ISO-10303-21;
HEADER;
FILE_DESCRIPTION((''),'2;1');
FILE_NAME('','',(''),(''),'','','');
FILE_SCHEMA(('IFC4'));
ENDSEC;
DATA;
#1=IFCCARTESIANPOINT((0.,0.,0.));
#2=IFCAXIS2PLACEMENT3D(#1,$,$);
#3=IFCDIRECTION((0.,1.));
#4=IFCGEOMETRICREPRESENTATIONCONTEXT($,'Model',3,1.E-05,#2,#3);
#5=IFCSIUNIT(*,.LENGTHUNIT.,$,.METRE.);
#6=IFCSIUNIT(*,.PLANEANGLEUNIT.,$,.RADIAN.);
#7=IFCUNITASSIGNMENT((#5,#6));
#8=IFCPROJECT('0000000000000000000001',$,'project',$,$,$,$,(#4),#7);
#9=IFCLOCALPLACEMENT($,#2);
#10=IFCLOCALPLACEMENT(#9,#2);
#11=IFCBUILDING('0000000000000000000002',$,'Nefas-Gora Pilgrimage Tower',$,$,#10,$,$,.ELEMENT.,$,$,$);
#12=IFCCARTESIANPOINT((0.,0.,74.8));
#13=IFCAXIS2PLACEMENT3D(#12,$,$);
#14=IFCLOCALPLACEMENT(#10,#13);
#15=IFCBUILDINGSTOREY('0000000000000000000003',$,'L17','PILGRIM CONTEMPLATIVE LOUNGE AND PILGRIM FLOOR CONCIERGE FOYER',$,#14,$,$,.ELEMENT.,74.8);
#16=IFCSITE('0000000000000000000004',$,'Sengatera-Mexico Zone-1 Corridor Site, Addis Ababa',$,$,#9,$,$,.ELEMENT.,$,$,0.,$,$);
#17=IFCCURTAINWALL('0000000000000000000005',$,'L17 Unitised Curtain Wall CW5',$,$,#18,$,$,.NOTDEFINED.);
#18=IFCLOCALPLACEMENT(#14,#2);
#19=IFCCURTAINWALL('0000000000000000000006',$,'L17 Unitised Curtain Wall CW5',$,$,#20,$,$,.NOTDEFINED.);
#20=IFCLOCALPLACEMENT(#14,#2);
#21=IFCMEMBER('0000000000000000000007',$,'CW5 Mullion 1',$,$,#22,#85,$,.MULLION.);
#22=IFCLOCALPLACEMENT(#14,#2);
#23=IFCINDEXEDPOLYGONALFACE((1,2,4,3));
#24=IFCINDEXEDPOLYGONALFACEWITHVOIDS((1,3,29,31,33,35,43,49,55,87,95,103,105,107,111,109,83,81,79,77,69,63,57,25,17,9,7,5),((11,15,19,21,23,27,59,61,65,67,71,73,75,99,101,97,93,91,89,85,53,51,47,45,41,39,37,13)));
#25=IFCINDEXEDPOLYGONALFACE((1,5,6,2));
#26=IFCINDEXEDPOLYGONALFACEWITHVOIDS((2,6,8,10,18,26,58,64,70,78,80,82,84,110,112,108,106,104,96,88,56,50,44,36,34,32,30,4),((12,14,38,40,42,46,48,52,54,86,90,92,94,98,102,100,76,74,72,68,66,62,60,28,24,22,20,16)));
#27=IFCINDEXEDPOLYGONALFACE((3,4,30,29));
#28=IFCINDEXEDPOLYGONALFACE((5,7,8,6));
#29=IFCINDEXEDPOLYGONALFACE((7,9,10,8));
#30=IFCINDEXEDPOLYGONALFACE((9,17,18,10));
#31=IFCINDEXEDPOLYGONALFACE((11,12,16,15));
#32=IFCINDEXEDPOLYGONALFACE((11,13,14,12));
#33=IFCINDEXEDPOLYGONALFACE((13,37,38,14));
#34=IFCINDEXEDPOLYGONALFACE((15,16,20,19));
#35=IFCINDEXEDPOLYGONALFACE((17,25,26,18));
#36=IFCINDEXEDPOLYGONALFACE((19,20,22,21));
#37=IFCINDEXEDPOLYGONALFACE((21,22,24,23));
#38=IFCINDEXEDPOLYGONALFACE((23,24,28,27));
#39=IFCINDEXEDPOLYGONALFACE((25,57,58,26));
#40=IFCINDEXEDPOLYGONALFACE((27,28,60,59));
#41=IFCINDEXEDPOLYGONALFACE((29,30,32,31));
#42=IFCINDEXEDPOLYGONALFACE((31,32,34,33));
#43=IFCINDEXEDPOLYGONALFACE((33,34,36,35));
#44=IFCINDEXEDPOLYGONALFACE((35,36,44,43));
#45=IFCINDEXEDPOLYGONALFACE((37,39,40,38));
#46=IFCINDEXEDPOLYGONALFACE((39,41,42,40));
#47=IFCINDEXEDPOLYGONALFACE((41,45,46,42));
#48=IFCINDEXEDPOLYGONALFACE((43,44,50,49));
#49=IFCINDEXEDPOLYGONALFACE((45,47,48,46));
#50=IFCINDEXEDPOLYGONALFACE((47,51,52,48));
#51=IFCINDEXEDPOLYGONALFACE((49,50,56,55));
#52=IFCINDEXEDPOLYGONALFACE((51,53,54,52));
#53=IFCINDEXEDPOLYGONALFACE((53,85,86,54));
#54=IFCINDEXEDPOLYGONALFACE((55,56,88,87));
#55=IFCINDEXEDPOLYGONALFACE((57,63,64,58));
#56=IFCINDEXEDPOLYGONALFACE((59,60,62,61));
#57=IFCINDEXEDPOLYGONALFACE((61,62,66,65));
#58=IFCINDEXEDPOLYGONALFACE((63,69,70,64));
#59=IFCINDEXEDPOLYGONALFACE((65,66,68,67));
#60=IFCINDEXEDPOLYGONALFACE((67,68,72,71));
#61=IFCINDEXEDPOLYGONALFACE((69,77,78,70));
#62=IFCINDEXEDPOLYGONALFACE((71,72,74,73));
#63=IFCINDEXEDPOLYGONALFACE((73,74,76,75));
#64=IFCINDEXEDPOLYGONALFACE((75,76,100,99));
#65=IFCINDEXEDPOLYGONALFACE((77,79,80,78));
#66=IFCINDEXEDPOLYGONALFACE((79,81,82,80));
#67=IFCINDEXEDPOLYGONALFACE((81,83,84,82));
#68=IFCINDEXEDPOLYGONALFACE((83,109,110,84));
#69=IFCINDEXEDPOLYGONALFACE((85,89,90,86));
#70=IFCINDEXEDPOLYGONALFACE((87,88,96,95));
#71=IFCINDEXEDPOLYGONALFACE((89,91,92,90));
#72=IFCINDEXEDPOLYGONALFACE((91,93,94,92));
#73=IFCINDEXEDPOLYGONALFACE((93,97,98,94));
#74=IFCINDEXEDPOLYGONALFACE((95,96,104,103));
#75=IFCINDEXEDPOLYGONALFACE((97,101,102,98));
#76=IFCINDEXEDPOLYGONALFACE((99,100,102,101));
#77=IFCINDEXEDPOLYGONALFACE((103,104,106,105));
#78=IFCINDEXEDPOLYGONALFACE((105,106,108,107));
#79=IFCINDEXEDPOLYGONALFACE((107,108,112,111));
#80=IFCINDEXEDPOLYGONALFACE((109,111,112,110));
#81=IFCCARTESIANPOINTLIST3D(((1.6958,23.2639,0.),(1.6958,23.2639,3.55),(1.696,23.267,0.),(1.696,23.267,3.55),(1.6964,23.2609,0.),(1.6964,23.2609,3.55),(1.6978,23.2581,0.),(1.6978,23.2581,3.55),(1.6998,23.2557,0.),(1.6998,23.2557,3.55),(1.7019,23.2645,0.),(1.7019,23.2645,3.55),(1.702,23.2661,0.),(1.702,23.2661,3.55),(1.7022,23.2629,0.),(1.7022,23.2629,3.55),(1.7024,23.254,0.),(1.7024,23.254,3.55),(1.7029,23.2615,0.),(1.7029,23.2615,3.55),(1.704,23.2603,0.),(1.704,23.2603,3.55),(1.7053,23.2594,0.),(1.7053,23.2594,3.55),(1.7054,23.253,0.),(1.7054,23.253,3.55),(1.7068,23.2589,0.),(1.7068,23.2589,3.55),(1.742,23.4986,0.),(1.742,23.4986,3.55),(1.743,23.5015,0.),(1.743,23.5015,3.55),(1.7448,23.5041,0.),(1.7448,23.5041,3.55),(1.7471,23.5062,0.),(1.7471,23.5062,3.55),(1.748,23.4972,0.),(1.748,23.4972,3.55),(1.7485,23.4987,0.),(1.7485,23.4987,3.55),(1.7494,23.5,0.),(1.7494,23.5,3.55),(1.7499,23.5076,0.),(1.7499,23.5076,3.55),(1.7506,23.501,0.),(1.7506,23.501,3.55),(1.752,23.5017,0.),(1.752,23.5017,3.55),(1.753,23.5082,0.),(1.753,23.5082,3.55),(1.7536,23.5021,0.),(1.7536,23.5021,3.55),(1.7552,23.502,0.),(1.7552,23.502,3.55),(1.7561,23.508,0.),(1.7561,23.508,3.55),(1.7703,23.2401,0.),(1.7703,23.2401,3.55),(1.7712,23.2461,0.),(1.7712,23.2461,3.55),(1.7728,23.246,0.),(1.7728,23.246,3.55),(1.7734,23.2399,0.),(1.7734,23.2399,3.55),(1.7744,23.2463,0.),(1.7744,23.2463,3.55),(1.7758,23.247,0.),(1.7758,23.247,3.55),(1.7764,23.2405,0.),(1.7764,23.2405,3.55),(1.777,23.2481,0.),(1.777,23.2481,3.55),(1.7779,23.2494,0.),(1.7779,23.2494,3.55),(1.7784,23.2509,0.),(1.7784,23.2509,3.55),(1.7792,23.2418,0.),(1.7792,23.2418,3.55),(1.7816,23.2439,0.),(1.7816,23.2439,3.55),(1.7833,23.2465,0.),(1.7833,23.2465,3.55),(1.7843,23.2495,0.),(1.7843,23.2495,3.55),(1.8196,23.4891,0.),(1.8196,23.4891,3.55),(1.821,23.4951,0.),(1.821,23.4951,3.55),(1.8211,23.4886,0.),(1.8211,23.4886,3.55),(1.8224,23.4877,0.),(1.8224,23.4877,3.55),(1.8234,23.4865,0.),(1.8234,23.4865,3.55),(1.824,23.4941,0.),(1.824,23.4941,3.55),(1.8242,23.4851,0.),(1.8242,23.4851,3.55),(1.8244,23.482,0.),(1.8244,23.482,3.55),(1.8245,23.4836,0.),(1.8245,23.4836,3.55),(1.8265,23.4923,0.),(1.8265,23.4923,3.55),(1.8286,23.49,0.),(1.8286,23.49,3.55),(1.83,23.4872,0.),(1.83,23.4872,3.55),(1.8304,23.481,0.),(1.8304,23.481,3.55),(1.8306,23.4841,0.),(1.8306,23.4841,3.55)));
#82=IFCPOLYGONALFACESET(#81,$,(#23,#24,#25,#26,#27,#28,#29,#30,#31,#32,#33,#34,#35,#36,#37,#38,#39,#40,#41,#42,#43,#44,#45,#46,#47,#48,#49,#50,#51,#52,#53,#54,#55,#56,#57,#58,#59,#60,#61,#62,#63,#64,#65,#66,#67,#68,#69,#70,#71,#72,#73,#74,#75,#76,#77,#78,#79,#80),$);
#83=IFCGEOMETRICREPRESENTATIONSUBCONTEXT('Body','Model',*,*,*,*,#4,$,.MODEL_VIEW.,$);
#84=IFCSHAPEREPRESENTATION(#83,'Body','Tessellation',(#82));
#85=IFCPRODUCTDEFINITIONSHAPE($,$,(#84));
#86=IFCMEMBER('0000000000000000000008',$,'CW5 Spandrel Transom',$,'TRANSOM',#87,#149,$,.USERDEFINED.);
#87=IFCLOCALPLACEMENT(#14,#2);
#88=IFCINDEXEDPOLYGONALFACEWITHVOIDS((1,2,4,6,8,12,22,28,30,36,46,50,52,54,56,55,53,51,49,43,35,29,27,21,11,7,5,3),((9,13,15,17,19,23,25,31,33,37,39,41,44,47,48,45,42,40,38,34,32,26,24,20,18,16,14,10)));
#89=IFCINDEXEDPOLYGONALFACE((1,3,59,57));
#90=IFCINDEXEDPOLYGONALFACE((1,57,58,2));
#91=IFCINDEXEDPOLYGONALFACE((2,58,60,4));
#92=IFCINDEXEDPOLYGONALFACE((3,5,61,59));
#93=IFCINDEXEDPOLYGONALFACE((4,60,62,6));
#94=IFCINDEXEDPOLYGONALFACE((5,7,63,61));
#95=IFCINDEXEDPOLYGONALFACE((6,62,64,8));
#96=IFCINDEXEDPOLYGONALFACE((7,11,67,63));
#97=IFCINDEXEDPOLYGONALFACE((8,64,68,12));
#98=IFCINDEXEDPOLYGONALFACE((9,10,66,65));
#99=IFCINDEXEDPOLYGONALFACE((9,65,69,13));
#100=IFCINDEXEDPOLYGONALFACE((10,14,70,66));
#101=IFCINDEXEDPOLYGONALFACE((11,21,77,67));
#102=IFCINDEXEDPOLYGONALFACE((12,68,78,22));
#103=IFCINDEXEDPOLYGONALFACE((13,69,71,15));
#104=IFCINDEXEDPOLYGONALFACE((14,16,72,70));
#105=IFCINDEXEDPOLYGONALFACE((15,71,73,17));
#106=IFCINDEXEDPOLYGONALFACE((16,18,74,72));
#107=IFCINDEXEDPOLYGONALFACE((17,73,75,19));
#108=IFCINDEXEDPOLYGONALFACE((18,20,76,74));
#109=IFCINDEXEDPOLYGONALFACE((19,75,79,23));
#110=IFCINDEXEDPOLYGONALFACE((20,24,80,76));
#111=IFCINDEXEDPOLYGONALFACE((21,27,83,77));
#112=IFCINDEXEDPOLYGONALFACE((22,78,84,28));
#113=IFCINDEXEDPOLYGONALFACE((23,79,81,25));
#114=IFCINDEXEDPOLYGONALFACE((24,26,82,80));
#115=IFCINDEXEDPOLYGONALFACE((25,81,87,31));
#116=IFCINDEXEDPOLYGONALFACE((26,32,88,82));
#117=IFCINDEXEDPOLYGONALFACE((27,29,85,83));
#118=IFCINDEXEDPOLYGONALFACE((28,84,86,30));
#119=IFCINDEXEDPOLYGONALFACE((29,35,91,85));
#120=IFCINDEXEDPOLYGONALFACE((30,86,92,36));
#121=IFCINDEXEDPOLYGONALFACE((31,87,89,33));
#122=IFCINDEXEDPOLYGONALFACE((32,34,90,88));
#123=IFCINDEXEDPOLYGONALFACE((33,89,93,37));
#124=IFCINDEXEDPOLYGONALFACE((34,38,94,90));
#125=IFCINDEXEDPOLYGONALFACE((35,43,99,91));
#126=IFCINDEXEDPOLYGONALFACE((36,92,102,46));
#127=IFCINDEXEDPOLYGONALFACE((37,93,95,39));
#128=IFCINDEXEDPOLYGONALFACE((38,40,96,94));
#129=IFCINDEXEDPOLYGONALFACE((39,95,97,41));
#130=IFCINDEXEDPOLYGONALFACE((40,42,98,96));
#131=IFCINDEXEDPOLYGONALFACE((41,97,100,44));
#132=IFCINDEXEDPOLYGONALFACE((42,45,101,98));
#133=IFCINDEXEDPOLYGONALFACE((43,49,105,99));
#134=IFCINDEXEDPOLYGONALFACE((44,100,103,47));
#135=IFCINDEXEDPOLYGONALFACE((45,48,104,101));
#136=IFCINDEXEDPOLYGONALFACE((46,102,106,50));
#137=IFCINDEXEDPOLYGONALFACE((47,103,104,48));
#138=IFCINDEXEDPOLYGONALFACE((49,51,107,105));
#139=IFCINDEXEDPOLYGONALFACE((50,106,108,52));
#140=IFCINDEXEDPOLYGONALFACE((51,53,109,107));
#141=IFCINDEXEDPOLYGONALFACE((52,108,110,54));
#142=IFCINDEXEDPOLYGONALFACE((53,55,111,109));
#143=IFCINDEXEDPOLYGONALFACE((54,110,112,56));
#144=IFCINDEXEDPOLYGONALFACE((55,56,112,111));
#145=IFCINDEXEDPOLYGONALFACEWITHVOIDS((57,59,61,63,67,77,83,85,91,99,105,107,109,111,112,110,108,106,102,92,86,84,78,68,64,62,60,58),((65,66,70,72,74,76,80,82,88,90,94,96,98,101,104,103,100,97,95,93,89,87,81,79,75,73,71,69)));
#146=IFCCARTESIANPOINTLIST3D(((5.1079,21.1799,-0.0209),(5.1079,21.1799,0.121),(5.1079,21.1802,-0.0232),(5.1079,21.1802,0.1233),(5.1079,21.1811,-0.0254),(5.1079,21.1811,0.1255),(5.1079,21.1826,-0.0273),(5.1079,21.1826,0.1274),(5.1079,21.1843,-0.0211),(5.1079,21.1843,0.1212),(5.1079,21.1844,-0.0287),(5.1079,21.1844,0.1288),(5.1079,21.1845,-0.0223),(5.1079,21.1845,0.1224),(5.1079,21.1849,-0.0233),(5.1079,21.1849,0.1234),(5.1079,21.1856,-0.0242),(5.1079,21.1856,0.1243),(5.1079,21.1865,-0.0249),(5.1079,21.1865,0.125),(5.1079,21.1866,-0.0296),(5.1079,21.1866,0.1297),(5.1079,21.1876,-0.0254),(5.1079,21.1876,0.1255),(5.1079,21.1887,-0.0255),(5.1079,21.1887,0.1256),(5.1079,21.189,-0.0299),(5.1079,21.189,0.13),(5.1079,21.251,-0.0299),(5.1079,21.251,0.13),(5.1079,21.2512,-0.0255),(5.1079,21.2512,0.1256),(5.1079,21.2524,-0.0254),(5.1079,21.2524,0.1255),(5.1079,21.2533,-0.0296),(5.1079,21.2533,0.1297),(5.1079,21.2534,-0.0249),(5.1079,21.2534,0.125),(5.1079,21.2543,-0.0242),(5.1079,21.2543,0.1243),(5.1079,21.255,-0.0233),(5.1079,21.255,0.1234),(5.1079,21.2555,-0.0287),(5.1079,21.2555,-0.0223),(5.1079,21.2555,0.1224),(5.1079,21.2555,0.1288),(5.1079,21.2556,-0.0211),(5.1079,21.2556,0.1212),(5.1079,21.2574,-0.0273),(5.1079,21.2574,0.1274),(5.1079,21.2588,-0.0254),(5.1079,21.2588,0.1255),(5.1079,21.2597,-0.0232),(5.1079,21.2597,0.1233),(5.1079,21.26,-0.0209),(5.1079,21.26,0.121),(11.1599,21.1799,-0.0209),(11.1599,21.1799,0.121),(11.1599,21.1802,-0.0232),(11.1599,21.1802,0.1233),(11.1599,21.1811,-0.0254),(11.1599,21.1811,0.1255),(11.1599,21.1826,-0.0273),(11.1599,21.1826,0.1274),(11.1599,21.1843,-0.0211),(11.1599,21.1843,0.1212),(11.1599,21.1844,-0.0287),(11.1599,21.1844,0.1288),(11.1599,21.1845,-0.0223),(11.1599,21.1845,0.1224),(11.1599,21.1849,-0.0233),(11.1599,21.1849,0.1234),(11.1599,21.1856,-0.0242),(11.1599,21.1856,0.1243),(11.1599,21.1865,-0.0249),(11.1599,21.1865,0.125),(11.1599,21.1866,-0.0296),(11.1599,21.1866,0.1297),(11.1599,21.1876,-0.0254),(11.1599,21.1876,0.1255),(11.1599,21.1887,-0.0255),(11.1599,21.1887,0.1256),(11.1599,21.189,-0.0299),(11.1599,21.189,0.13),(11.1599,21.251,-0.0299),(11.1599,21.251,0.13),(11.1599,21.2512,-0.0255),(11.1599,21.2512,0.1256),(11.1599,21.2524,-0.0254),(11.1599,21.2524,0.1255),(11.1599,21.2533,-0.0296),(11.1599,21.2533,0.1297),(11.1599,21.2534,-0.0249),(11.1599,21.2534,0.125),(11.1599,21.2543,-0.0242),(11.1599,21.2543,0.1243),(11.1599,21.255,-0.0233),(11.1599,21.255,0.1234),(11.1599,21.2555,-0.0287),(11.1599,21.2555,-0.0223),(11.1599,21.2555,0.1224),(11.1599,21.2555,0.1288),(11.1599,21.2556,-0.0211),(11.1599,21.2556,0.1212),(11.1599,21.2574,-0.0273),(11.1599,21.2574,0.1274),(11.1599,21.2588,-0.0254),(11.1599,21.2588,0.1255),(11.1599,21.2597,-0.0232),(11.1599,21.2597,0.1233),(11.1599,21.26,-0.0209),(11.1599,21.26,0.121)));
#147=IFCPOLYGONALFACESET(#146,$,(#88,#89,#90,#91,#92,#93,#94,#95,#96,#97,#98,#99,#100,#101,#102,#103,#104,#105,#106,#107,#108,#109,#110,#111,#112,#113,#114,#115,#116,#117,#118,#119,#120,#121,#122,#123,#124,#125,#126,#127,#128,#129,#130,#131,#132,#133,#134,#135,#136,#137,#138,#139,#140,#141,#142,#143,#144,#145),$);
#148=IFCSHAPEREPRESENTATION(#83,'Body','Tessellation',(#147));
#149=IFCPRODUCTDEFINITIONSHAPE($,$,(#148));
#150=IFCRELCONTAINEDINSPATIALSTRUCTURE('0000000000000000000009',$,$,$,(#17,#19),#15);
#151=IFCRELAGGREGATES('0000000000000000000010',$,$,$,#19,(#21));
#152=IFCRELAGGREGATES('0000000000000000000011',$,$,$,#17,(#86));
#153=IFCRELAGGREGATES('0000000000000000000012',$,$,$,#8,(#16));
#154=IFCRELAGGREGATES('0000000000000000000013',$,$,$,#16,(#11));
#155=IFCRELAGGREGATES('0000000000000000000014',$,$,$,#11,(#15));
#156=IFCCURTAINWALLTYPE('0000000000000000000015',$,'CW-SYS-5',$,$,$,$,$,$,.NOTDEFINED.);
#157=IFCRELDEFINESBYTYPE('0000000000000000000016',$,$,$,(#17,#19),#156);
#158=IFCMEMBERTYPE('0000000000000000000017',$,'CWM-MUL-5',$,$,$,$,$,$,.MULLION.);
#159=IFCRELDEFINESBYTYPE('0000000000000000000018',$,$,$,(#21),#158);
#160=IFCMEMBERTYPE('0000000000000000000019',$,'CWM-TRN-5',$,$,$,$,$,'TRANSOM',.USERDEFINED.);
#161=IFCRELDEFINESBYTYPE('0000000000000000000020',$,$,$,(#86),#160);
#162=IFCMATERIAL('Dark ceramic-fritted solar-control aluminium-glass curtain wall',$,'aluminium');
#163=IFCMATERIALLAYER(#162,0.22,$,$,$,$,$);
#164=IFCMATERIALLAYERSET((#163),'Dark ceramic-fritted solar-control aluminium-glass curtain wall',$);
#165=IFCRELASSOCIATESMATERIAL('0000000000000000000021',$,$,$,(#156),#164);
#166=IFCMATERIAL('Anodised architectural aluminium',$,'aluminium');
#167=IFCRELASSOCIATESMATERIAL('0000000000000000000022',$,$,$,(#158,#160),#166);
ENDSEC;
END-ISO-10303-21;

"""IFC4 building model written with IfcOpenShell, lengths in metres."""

from ifc_helpers import new_model, si_unit, direction, frame, origin, origin_2d, place, context, subcontext, project, spatial, hollow_rectangle, extrude, source, transform, mapped, material, layer, layer_set, material_profile, profile_set, type_object, element, aggregate, save


model = new_model("IFC4")

# Units and contexts
model_context = context("Model", 3, precision=1e-05, world=origin(), true_north=direction((0.0, 1.0)))
body_context = subcontext(model_context, "Body", "Model", "MODEL_VIEW")
ifc_project = project(units=[si_unit("LENGTHUNIT", "METRE"), si_unit("PLANEANGLEUNIT", "RADIAN")], contexts=[model_context])

# Site, building, storey
site_placement = place(None, origin())
site = spatial("IfcSite", under=ifc_project, at=site_placement, Name="Sengatera-Mexico Zone-1 Corridor Site, Addis Ababa", CompositionType="ELEMENT", RefElevation=0.0)
building_placement = place(site_placement, origin())
building = spatial("IfcBuilding", under=site, at=building_placement, Name="Nefas-Gora Pilgrimage Tower", CompositionType="ELEMENT")
storey_placement = place(building_placement, frame((0.0, 0.0, 74.8)))
storey = spatial("IfcBuildingStorey", under=building, at=storey_placement, Name="L17", Description="PILGRIM CONTEMPLATIVE LOUNGE AND PILGRIM FLOOR CONCIERGE FOYER", CompositionType="ELEMENT", Elevation=74.8)

# Curtain wall
ifc_material_1 = material(Name="Dark ceramic-fritted solar-control aluminium-glass curtain wall", Category="aluminium")
ifc_layer_1 = layer(ifc_material_1, 0.22)
ifc_layer_set_1 = layer_set([ifc_layer_1], Name="Dark ceramic-fritted solar-control aluminium-glass curtain wall")
curtain_wall_type_1 = type_object("IfcCurtainWallType", Name="CW-SYS-5", PredefinedType="NOTDEFINED", material=ifc_layer_set_1)
curtain_wall_1_placement = place(storey_placement, origin())
curtain_wall_1 = element("IfcCurtainWall", 1, at=curtain_wall_1_placement, inside=storey, type_object=curtain_wall_type_1, Name="L17 Unitised Curtain Wall CW5", PredefinedType="NOTDEFINED")
ifc_material_2 = material(Name="Anodised architectural aluminium", Category="aluminium")
ifc_material_profile_1 = material_profile(ifc_material_2, hollow_rectangle(XDim=0.0901, YDim=0.26, WallThickness=0.0061, InnerFilletRadius=0.0061, OuterFilletRadius=0.012, at=origin_2d()), Name="ALU MULLION 90x260")
ifc_profile_set_1 = profile_set([ifc_material_profile_1], Name="Anodised architectural aluminium")
member_type_1 = type_object("IfcMemberType", Name="CWM-MUL-5", PredefinedType="MULLION", material=ifc_profile_set_1)
shared_shape_1 = source(origin(), body_context, "Body", "SweptSolid", [
    extrude(hollow_rectangle(XDim=0.0901, YDim=0.26, WallThickness=0.0061, InnerFilletRadius=0.0061, OuterFilletRadius=0.012, at=origin_2d()), origin(), (0.0, 0.0, 1.0), 3.55),
])

# Curtain wall, member
curtain_wall_2_placement = place(storey_placement, origin())
curtain_wall_2 = element("IfcCurtainWall", 2, at=curtain_wall_2_placement, inside=storey, type_object=curtain_wall_type_1, Name="L17 Unitised Curtain Wall CW5", PredefinedType="NOTDEFINED")
member_1_placement = place(storey_placement, frame((1.7632, 23.374, 0.0), z_axis=(0.0, 0.0, 1.0), x_axis=(-0.980783, 0.195102, 0.0)))
member_1 = element("IfcMember", 3, at=member_1_placement, type_object=member_type_1, Name="CW5 Mullion 1", PredefinedType="MULLION", context=body_context, shape_type="MappedRepresentation", body=[
    mapped(shared_shape_1, transform((0.0, 0.0, 0.0), x_axis=(1.0, 0.0, 0.0), y_axis=(0.0, 1.0, 0.0), z_axis=(0.0, 0.0, 1.0), scale=1.0)),
])

# Member
ifc_material_profile_2 = material_profile(ifc_material_2, hollow_rectangle(XDim=0.0801, YDim=0.1599, WallThickness=0.0044, InnerFilletRadius=0.0044, OuterFilletRadius=0.009, at=origin_2d()), Name="ALU TRANSOM 80x160")
ifc_profile_set_2 = profile_set([ifc_material_profile_2], Name="Anodised architectural aluminium")
member_type_2 = type_object("IfcMemberType", Name="CWM-TRN-5", ElementType="TRANSOM", PredefinedType="USERDEFINED", material=ifc_profile_set_2)
shared_shape_2 = source(origin(), body_context, "Body", "SweptSolid", [
    extrude(hollow_rectangle(XDim=0.0801, YDim=0.1599, WallThickness=0.0044, InnerFilletRadius=0.0044, OuterFilletRadius=0.009, at=origin_2d()), origin(), (0.0, 0.0, 1.0), 6.052),
])
member_2_placement = place(storey_placement, frame((11.1599, 21.22, 0.05), z_axis=(-1.0, 0.0, 0.0), x_axis=(0.0, -1.0, 0.0)))
member_2 = element("IfcMember", 4, at=member_2_placement, type_object=member_type_2, Name="CW5 Spandrel Transom", ObjectType="TRANSOM", PredefinedType="USERDEFINED", context=body_context, shape_type="MappedRepresentation", body=[
    mapped(shared_shape_2, transform((0.0, 0.0, 0.0), x_axis=(1.0, 0.0, 0.0), y_axis=(0.0, 1.0, 0.0), z_axis=(0.0, 0.0, 1.0), scale=1.0)),
])

aggregate(curtain_wall_2, [member_1])

aggregate(curtain_wall_1, [member_2])

save(model, "model.ifc")
